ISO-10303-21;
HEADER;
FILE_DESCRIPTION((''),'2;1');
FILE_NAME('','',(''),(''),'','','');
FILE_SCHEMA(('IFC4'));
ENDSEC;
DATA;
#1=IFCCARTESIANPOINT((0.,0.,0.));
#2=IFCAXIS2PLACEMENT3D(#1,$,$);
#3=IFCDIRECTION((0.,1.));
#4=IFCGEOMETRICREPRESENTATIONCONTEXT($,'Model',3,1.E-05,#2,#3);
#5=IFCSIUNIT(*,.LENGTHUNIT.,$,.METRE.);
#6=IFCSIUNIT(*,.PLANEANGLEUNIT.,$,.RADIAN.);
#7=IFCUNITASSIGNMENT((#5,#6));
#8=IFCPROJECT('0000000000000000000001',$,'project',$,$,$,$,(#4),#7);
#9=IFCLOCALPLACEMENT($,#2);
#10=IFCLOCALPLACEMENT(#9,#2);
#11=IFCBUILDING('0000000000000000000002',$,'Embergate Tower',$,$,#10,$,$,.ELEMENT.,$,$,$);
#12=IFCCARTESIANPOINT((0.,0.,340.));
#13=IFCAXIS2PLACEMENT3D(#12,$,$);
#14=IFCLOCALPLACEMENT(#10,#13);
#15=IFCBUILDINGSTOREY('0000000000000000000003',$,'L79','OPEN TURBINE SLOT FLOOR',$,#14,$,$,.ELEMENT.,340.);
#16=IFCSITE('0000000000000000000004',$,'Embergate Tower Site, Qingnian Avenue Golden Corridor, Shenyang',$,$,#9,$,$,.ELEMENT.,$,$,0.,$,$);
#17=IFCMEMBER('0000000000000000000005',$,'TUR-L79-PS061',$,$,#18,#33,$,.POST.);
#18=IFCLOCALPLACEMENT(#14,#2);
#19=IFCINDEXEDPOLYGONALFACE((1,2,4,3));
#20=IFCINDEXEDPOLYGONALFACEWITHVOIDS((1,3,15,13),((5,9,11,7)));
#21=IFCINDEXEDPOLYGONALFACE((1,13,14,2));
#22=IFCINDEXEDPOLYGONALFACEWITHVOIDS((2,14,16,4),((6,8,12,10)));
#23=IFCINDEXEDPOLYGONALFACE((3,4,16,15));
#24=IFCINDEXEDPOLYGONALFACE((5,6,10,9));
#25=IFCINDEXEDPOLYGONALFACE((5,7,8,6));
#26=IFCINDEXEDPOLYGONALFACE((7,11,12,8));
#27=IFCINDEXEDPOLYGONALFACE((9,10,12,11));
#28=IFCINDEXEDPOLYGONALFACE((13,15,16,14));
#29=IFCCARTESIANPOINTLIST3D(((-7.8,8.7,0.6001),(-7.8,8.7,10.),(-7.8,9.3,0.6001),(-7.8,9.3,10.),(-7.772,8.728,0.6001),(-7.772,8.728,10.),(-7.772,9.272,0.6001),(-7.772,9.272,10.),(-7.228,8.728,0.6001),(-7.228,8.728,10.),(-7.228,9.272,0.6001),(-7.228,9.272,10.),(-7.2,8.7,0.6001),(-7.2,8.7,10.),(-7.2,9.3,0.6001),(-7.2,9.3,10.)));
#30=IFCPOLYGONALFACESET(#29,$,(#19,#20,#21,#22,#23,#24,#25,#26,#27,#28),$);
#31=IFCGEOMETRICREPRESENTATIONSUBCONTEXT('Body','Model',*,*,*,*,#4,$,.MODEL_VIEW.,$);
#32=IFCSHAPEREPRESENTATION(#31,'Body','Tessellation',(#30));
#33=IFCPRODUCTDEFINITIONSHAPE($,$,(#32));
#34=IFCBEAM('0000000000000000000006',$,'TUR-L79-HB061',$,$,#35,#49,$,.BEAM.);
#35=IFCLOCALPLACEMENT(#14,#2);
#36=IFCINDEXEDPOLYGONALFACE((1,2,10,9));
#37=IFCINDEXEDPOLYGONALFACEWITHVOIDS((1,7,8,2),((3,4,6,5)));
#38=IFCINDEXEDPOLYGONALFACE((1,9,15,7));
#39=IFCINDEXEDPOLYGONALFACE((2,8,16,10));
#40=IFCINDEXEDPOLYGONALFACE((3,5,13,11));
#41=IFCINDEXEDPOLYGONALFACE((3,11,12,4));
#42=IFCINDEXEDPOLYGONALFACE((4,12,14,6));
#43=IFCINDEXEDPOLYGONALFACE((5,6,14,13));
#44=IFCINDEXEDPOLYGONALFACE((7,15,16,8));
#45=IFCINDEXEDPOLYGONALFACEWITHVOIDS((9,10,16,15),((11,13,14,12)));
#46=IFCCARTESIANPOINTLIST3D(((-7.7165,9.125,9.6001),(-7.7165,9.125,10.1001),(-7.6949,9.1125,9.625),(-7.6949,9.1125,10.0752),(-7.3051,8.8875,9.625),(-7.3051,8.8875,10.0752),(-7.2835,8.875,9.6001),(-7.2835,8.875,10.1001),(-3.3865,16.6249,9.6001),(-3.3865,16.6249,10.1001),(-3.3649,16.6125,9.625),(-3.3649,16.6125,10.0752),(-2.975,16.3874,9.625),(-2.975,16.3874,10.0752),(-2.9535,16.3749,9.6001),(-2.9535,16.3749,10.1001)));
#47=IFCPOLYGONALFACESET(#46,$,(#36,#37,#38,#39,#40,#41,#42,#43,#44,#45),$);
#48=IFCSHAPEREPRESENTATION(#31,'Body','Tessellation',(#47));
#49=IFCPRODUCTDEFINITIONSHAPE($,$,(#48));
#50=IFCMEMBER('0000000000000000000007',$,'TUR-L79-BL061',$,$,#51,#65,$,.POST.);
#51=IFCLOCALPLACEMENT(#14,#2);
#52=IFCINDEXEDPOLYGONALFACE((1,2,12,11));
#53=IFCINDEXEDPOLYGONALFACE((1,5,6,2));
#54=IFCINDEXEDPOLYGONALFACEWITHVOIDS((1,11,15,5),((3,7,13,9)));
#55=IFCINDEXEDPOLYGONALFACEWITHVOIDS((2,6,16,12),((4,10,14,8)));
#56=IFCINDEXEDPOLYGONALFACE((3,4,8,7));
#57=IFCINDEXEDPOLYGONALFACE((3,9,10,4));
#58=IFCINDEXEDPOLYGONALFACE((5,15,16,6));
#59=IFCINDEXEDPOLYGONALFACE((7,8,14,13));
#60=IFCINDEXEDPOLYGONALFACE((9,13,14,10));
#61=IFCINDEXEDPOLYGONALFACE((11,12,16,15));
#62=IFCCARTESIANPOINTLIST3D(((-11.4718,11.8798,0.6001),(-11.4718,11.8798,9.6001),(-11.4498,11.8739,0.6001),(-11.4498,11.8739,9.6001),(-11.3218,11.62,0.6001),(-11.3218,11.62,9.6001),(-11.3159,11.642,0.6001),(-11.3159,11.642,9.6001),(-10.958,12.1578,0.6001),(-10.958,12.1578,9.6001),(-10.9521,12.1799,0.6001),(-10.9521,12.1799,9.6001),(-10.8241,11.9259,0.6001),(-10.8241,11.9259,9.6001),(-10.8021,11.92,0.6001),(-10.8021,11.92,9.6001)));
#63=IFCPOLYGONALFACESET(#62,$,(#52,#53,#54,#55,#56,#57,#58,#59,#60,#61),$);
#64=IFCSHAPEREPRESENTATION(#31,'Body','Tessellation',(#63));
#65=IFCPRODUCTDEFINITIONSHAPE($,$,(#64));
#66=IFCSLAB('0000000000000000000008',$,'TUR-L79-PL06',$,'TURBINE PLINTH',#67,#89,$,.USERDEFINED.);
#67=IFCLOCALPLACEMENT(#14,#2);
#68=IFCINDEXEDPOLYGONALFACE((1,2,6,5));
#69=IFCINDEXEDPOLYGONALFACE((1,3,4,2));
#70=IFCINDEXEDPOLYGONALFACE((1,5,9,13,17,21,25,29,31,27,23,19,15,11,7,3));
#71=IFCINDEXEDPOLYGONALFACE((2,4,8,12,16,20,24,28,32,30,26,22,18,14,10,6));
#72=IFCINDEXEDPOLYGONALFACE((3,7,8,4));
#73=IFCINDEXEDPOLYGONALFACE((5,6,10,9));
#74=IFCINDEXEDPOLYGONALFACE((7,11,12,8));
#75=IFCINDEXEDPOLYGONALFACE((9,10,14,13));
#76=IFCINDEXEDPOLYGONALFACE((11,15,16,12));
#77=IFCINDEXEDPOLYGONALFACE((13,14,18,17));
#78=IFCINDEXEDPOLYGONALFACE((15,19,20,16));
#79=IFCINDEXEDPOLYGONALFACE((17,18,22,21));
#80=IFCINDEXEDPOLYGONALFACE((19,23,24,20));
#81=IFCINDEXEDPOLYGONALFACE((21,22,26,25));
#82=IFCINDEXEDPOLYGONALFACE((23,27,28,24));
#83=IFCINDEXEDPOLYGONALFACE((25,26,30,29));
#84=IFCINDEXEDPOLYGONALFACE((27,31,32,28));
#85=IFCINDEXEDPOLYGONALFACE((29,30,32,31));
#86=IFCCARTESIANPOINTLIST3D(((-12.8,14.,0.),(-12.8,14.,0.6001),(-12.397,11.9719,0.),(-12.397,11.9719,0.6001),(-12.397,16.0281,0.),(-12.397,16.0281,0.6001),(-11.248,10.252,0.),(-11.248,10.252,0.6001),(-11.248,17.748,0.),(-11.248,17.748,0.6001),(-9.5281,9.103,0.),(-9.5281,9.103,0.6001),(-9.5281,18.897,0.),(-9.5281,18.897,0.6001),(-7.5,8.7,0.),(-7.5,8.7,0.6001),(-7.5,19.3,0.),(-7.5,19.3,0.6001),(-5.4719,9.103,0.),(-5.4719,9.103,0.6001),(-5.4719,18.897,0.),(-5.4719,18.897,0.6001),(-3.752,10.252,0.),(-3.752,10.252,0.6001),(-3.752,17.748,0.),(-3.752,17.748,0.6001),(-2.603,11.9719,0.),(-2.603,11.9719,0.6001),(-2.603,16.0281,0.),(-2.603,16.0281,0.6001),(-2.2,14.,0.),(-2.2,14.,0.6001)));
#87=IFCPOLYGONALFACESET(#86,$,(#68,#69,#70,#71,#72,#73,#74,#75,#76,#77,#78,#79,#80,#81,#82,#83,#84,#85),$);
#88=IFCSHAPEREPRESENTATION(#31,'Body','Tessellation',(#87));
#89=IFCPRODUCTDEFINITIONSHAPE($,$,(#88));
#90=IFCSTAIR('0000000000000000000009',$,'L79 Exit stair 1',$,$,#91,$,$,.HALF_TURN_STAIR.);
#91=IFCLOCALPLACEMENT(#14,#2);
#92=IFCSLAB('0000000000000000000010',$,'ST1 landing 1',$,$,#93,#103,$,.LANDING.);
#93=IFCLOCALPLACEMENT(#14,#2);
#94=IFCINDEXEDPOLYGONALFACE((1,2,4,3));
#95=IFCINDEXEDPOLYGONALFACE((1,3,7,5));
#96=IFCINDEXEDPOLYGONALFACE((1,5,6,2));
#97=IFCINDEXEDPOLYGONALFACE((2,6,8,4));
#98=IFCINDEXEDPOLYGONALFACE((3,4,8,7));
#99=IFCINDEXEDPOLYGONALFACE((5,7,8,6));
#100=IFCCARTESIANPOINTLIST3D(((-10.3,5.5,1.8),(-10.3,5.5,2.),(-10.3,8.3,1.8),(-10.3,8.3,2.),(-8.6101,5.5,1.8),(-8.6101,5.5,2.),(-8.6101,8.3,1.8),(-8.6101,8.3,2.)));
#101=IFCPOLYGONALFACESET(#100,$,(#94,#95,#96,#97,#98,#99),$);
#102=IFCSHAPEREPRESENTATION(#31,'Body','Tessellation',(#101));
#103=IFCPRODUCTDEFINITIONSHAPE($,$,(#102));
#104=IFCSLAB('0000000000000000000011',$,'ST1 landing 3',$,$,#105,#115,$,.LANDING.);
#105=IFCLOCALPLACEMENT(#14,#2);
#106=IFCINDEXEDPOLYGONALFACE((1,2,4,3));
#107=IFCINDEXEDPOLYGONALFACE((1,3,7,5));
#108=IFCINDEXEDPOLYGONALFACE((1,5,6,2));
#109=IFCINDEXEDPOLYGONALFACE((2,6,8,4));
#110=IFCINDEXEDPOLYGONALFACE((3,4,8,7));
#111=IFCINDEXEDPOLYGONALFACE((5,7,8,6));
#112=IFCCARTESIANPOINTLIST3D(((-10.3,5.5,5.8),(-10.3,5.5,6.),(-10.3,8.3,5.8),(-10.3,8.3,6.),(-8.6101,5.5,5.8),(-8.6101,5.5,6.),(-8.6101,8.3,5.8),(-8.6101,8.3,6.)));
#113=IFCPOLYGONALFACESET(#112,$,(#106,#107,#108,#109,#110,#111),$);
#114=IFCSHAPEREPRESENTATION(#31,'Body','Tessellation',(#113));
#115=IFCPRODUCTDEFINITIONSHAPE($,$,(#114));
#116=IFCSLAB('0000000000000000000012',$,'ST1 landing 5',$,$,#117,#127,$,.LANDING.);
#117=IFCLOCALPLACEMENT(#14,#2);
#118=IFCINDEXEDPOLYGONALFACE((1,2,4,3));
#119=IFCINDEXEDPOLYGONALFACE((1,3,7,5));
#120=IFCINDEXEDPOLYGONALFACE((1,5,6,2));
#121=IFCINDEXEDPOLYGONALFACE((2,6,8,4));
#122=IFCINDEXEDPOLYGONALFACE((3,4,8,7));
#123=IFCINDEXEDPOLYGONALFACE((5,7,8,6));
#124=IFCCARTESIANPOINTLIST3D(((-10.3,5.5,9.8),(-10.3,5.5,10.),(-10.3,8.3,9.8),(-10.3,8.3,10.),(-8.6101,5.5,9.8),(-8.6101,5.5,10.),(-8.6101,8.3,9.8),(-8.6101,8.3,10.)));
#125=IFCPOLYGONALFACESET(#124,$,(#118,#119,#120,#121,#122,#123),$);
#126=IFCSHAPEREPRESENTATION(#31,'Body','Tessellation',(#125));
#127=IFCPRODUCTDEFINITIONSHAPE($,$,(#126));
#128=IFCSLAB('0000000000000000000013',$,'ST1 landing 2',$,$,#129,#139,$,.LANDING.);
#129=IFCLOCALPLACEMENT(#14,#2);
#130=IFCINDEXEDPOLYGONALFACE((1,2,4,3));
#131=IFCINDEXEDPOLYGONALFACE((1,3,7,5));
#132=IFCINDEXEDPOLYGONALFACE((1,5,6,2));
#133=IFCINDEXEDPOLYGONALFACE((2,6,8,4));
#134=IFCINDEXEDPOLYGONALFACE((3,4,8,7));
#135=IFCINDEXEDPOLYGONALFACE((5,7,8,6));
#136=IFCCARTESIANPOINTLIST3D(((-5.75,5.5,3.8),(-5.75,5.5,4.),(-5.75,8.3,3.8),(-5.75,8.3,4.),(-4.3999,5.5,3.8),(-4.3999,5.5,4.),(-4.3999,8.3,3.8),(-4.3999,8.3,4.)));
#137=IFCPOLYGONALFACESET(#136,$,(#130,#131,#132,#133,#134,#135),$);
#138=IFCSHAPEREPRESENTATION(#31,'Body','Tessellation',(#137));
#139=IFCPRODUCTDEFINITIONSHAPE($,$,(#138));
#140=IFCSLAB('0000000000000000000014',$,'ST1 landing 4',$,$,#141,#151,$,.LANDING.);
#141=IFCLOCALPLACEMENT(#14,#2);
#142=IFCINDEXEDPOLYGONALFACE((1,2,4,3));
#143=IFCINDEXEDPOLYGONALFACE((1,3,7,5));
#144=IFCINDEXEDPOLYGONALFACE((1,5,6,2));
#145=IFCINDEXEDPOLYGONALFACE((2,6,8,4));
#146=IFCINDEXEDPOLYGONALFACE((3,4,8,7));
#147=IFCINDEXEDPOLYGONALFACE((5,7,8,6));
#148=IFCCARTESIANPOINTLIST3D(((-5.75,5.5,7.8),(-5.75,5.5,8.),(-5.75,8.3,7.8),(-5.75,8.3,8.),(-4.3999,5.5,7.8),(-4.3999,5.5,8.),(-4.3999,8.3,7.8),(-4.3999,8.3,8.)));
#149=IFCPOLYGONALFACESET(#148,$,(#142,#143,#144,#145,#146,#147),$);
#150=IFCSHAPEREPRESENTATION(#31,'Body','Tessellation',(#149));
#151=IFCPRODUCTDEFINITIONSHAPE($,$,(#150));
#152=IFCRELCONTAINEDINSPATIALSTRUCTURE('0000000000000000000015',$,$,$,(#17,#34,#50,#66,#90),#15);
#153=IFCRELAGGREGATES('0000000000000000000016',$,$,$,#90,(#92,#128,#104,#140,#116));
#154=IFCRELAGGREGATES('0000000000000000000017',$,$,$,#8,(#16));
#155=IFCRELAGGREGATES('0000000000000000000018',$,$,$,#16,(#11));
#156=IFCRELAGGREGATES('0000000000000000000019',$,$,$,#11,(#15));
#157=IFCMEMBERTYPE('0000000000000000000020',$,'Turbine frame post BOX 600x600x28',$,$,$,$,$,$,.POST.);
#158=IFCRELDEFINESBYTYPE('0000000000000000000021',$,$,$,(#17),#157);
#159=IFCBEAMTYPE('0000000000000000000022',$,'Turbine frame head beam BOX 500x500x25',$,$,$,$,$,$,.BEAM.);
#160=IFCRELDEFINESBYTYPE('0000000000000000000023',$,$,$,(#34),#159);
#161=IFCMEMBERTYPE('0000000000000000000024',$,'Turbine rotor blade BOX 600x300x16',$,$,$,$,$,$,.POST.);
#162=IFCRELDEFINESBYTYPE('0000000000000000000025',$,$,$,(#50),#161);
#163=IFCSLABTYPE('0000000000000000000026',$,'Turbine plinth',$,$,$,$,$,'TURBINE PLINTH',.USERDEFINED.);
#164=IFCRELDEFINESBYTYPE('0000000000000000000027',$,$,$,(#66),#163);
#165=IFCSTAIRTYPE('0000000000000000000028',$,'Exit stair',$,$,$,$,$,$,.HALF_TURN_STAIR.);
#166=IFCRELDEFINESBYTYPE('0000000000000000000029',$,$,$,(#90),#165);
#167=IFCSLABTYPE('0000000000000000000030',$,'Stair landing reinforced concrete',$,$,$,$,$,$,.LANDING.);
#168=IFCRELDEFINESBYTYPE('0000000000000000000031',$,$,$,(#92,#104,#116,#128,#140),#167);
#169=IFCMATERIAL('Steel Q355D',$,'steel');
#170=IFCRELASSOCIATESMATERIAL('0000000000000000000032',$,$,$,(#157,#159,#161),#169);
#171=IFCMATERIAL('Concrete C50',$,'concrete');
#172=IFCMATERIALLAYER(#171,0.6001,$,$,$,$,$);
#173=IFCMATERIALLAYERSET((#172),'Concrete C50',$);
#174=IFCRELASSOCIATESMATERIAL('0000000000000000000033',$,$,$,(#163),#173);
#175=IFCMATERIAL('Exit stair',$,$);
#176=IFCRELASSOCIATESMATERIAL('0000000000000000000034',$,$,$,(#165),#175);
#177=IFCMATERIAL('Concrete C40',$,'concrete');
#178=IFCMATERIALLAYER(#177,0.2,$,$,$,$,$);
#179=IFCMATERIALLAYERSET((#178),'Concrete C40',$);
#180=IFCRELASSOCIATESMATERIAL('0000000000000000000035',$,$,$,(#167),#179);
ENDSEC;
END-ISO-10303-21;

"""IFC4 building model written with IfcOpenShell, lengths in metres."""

from ifc_helpers import new_model, si_unit, direction, frame, origin, origin_2d, place, context, subcontext, project, spatial, polyline, hollow_rectangle, outline, extrude, source, transform, mapped, material, layer, layer_set, material_profile, profile_set, type_object, element, aggregate, save


model = new_model("IFC4")

# Units and contexts
model_context = context("Model", 3, precision=1e-05, world=origin(), true_north=direction((0.0, 1.0)))
body_context = subcontext(model_context, "Body", "Model", "MODEL_VIEW")
ifc_project = project(units=[si_unit("LENGTHUNIT", "METRE"), si_unit("PLANEANGLEUNIT", "RADIAN")], contexts=[model_context])

# Site, building, storey
site_placement = place(None, origin())
site = spatial("IfcSite", under=ifc_project, at=site_placement, Name="Embergate Tower Site, Qingnian Avenue Golden Corridor, Shenyang", CompositionType="ELEMENT", RefElevation=0.0)
building_placement = place(site_placement, origin())
building = spatial("IfcBuilding", under=site, at=building_placement, Name="Embergate Tower", CompositionType="ELEMENT")
storey_placement = place(building_placement, frame((0.0, 0.0, 340.0)))
storey = spatial("IfcBuildingStorey", under=building, at=storey_placement, Name="L79", Description="OPEN TURBINE SLOT FLOOR", CompositionType="ELEMENT", Elevation=340.0)

# Member
ifc_material_1 = material(Name="Steel Q355D", Category="steel")
ifc_material_profile_1 = material_profile(ifc_material_1, hollow_rectangle(XDim=0.6001, YDim=0.6001, WallThickness=0.0281, at=origin_2d()), Name="BOX 600x600x28")
ifc_profile_set_1 = profile_set([ifc_material_profile_1], Name="Steel Q355 grade D")
member_type_1 = type_object("IfcMemberType", Name="Turbine frame post BOX 600x600x28", PredefinedType="POST", material=ifc_profile_set_1)
shared_shape_1 = source(origin(), body_context, "Body", "SweptSolid", [
    extrude(hollow_rectangle(XDim=0.6001, YDim=0.6001, WallThickness=0.0281, at=origin_2d()), origin(), (0.0, 0.0, 1.0), 9.3999),
])
member_1_placement = place(storey_placement, frame((-7.5, 9.0, 0.6001), z_axis=(0.0, 0.0, 1.0), x_axis=(1.0, 0.0, 0.0)))
element("IfcMember", 1, at=member_1_placement, inside=storey, type_object=member_type_1, Name="TUR-L79-PS061", PredefinedType="POST", context=body_context, shape_type="MappedRepresentation", body=[
    mapped(shared_shape_1, transform((0.0, 0.0, 0.0))),
])

# Beam
ifc_material_profile_2 = material_profile(ifc_material_1, hollow_rectangle(XDim=0.5, YDim=0.5, WallThickness=0.0249, at=origin_2d()), Name="BOX 500x500x25")
ifc_profile_set_2 = profile_set([ifc_material_profile_2], Name="Steel Q355 grade D")
beam_type = type_object("IfcBeamType", Name="Turbine frame head beam BOX 500x500x25", PredefinedType="BEAM", material=ifc_profile_set_2)
shared_shape_2 = source(origin(), body_context, "Body", "SweptSolid", [
    extrude(hollow_rectangle(XDim=0.5, YDim=0.5, WallThickness=0.0249, at=origin_2d()), origin(), (0.0, 0.0, 1.0), 8.6602),
])
beam_placement = place(storey_placement, frame((-7.5, 9.0, 9.8501), z_axis=(0.499996, 0.866028, 0.0), x_axis=(-0.866028, 0.499996, 0.0)))
element("IfcBeam", 2, at=beam_placement, inside=storey, type_object=beam_type, Name="TUR-L79-HB061", PredefinedType="BEAM", context=body_context, shape_type="MappedRepresentation", body=[
    mapped(shared_shape_2, transform((0.0, 0.0, 0.0))),
])

# Member
ifc_material_profile_3 = material_profile(ifc_material_1, hollow_rectangle(XDim=0.3, YDim=0.6001, WallThickness=0.0161, at=origin_2d()), Name="BOX 600x300x16")
ifc_profile_set_3 = profile_set([ifc_material_profile_3], Name="Steel Q355 grade D")
member_type_2 = type_object("IfcMemberType", Name="Turbine rotor blade BOX 600x300x16", PredefinedType="POST", material=ifc_profile_set_3)
shared_shape_3 = source(origin(), body_context, "Body", "SweptSolid", [
    extrude(hollow_rectangle(XDim=0.3, YDim=0.6001, WallThickness=0.0161, at=origin_2d()), origin(), (0.0, 0.0, 1.0), 9.0),
])
member_2_placement = place(storey_placement, frame((-11.137, 11.8999, 0.6001), z_axis=(0.0, 0.0, 1.0), x_axis=(0.5, -0.866025, 0.0)))
element("IfcMember", 3, at=member_2_placement, inside=storey, type_object=member_type_2, Name="TUR-L79-BL061", PredefinedType="POST", context=body_context, shape_type="MappedRepresentation", body=[
    mapped(shared_shape_3, transform((0.0, 0.0, 0.0))),
])

# Slab
ifc_material_2 = material(Name="Concrete C50", Category="concrete")
ifc_layer_1 = layer(ifc_material_2, 0.6001)
ifc_layer_set_1 = layer_set([ifc_layer_1], Name="Concrete C50")
slab_type_1 = type_object("IfcSlabType", Name="Turbine plinth", ElementType="TURBINE PLINTH", PredefinedType="USERDEFINED", material=ifc_layer_set_1)
shared_shape_4 = source(origin(), body_context, "Body", "SweptSolid", [
    extrude(outline(polyline([(0.0, 0.0), (2.0281, 0.4031), (3.748, 1.552), (4.897, 3.272), (5.3, 5.3), (4.897, 7.3281), (3.748, 9.0481), (2.0281, 10.197), (0.0, 10.6001), (-2.0281, 10.197), (-3.748, 9.0481), (-4.897, 7.3281), (-5.3, 5.3), (-4.897, 3.272), (-3.748, 1.552), (-2.0281, 0.4031), (0.0, 0.0)])), origin(), (0.0, 0.0, 1.0), 0.6001),
])
slab_1_placement = place(storey_placement, frame((-7.5, 8.7, 0.0)))
element("IfcSlab", 4, at=slab_1_placement, inside=storey, type_object=slab_type_1, Name="TUR-L79-PL06", ObjectType="TURBINE PLINTH", PredefinedType="USERDEFINED", context=body_context, shape_type="MappedRepresentation", body=[
    mapped(shared_shape_4, transform((0.0, 0.0, 0.0))),
])

# Stair, slabs
ifc_material_3 = material(Name="Exit stair")
stair_type = type_object("IfcStairType", Name="Exit stair", PredefinedType="HALF_TURN_STAIR", material=ifc_material_3)
stair_placement = place(storey_placement, origin())
stair = element("IfcStair", 5, at=stair_placement, inside=storey, type_object=stair_type, Name="L79 Exit stair 1", PredefinedType="HALF_TURN_STAIR")
ifc_material_4 = material(Name="Concrete C40", Category="concrete")
ifc_layer_2 = layer(ifc_material_4, 0.2)
ifc_layer_set_2 = layer_set([ifc_layer_2], Name="Concrete C40")
slab_type_2 = type_object("IfcSlabType", Name="Stair landing reinforced concrete", PredefinedType="LANDING", material=ifc_layer_set_2)
shared_shape_5 = source(origin(), body_context, "Body", "SweptSolid", [
    extrude(outline(polyline([(0.0, 0.0), (1.6899, 0.0), (1.6899, 2.8), (0.0, 2.8), (0.0, 0.0)])), origin(), (0.0, 0.0, 1.0), 0.2),
])
slab_2_placement = place(storey_placement, frame((-10.3, 5.5, 1.8)))
slab_2 = element("IfcSlab", 6, at=slab_2_placement, type_object=slab_type_2, Name="ST1 landing 1", PredefinedType="LANDING", context=body_context, shape_type="MappedRepresentation", body=[
    mapped(shared_shape_5, transform((0.0, 0.0, 0.0))),
])
slab_3_placement = place(storey_placement, frame((-10.3, 5.5, 5.8)))
slab_3 = element("IfcSlab", 7, at=slab_3_placement, type_object=slab_type_2, Name="ST1 landing 3", PredefinedType="LANDING", context=body_context, shape_type="MappedRepresentation", body=[
    mapped(shared_shape_5, transform((0.0, 0.0, 0.0))),
])
slab_4_placement = place(storey_placement, frame((-10.3, 5.5, 9.8)))
slab_4 = element("IfcSlab", 8, at=slab_4_placement, type_object=slab_type_2, Name="ST1 landing 5", PredefinedType="LANDING", context=body_context, shape_type="MappedRepresentation", body=[
    mapped(shared_shape_5, transform((0.0, 0.0, 0.0))),
])
shared_shape_6 = source(origin(), body_context, "Body", "SweptSolid", [
    extrude(outline(polyline([(0.0, 0.0), (1.3501, 0.0), (1.3501, 2.8), (0.0, 2.8), (0.0, 0.0)])), origin(), (0.0, 0.0, 1.0), 0.2),
])
slab_5_placement = place(storey_placement, frame((-5.75, 5.5, 3.8)))
slab_5 = element("IfcSlab", 9, at=slab_5_placement, type_object=slab_type_2, Name="ST1 landing 2", PredefinedType="LANDING", context=body_context, shape_type="MappedRepresentation", body=[
    mapped(shared_shape_6, transform((0.0, 0.0, 0.0))),
])
slab_6_placement = place(storey_placement, frame((-5.75, 5.5, 7.8)))
slab_6 = element("IfcSlab", 10, at=slab_6_placement, type_object=slab_type_2, Name="ST1 landing 4", PredefinedType="LANDING", context=body_context, shape_type="MappedRepresentation", body=[
    mapped(shared_shape_6, transform((0.0, 0.0, 0.0))),
])

aggregate(stair, [slab_2, slab_5, slab_3, slab_6, slab_4])

save(model, "model.ifc")
